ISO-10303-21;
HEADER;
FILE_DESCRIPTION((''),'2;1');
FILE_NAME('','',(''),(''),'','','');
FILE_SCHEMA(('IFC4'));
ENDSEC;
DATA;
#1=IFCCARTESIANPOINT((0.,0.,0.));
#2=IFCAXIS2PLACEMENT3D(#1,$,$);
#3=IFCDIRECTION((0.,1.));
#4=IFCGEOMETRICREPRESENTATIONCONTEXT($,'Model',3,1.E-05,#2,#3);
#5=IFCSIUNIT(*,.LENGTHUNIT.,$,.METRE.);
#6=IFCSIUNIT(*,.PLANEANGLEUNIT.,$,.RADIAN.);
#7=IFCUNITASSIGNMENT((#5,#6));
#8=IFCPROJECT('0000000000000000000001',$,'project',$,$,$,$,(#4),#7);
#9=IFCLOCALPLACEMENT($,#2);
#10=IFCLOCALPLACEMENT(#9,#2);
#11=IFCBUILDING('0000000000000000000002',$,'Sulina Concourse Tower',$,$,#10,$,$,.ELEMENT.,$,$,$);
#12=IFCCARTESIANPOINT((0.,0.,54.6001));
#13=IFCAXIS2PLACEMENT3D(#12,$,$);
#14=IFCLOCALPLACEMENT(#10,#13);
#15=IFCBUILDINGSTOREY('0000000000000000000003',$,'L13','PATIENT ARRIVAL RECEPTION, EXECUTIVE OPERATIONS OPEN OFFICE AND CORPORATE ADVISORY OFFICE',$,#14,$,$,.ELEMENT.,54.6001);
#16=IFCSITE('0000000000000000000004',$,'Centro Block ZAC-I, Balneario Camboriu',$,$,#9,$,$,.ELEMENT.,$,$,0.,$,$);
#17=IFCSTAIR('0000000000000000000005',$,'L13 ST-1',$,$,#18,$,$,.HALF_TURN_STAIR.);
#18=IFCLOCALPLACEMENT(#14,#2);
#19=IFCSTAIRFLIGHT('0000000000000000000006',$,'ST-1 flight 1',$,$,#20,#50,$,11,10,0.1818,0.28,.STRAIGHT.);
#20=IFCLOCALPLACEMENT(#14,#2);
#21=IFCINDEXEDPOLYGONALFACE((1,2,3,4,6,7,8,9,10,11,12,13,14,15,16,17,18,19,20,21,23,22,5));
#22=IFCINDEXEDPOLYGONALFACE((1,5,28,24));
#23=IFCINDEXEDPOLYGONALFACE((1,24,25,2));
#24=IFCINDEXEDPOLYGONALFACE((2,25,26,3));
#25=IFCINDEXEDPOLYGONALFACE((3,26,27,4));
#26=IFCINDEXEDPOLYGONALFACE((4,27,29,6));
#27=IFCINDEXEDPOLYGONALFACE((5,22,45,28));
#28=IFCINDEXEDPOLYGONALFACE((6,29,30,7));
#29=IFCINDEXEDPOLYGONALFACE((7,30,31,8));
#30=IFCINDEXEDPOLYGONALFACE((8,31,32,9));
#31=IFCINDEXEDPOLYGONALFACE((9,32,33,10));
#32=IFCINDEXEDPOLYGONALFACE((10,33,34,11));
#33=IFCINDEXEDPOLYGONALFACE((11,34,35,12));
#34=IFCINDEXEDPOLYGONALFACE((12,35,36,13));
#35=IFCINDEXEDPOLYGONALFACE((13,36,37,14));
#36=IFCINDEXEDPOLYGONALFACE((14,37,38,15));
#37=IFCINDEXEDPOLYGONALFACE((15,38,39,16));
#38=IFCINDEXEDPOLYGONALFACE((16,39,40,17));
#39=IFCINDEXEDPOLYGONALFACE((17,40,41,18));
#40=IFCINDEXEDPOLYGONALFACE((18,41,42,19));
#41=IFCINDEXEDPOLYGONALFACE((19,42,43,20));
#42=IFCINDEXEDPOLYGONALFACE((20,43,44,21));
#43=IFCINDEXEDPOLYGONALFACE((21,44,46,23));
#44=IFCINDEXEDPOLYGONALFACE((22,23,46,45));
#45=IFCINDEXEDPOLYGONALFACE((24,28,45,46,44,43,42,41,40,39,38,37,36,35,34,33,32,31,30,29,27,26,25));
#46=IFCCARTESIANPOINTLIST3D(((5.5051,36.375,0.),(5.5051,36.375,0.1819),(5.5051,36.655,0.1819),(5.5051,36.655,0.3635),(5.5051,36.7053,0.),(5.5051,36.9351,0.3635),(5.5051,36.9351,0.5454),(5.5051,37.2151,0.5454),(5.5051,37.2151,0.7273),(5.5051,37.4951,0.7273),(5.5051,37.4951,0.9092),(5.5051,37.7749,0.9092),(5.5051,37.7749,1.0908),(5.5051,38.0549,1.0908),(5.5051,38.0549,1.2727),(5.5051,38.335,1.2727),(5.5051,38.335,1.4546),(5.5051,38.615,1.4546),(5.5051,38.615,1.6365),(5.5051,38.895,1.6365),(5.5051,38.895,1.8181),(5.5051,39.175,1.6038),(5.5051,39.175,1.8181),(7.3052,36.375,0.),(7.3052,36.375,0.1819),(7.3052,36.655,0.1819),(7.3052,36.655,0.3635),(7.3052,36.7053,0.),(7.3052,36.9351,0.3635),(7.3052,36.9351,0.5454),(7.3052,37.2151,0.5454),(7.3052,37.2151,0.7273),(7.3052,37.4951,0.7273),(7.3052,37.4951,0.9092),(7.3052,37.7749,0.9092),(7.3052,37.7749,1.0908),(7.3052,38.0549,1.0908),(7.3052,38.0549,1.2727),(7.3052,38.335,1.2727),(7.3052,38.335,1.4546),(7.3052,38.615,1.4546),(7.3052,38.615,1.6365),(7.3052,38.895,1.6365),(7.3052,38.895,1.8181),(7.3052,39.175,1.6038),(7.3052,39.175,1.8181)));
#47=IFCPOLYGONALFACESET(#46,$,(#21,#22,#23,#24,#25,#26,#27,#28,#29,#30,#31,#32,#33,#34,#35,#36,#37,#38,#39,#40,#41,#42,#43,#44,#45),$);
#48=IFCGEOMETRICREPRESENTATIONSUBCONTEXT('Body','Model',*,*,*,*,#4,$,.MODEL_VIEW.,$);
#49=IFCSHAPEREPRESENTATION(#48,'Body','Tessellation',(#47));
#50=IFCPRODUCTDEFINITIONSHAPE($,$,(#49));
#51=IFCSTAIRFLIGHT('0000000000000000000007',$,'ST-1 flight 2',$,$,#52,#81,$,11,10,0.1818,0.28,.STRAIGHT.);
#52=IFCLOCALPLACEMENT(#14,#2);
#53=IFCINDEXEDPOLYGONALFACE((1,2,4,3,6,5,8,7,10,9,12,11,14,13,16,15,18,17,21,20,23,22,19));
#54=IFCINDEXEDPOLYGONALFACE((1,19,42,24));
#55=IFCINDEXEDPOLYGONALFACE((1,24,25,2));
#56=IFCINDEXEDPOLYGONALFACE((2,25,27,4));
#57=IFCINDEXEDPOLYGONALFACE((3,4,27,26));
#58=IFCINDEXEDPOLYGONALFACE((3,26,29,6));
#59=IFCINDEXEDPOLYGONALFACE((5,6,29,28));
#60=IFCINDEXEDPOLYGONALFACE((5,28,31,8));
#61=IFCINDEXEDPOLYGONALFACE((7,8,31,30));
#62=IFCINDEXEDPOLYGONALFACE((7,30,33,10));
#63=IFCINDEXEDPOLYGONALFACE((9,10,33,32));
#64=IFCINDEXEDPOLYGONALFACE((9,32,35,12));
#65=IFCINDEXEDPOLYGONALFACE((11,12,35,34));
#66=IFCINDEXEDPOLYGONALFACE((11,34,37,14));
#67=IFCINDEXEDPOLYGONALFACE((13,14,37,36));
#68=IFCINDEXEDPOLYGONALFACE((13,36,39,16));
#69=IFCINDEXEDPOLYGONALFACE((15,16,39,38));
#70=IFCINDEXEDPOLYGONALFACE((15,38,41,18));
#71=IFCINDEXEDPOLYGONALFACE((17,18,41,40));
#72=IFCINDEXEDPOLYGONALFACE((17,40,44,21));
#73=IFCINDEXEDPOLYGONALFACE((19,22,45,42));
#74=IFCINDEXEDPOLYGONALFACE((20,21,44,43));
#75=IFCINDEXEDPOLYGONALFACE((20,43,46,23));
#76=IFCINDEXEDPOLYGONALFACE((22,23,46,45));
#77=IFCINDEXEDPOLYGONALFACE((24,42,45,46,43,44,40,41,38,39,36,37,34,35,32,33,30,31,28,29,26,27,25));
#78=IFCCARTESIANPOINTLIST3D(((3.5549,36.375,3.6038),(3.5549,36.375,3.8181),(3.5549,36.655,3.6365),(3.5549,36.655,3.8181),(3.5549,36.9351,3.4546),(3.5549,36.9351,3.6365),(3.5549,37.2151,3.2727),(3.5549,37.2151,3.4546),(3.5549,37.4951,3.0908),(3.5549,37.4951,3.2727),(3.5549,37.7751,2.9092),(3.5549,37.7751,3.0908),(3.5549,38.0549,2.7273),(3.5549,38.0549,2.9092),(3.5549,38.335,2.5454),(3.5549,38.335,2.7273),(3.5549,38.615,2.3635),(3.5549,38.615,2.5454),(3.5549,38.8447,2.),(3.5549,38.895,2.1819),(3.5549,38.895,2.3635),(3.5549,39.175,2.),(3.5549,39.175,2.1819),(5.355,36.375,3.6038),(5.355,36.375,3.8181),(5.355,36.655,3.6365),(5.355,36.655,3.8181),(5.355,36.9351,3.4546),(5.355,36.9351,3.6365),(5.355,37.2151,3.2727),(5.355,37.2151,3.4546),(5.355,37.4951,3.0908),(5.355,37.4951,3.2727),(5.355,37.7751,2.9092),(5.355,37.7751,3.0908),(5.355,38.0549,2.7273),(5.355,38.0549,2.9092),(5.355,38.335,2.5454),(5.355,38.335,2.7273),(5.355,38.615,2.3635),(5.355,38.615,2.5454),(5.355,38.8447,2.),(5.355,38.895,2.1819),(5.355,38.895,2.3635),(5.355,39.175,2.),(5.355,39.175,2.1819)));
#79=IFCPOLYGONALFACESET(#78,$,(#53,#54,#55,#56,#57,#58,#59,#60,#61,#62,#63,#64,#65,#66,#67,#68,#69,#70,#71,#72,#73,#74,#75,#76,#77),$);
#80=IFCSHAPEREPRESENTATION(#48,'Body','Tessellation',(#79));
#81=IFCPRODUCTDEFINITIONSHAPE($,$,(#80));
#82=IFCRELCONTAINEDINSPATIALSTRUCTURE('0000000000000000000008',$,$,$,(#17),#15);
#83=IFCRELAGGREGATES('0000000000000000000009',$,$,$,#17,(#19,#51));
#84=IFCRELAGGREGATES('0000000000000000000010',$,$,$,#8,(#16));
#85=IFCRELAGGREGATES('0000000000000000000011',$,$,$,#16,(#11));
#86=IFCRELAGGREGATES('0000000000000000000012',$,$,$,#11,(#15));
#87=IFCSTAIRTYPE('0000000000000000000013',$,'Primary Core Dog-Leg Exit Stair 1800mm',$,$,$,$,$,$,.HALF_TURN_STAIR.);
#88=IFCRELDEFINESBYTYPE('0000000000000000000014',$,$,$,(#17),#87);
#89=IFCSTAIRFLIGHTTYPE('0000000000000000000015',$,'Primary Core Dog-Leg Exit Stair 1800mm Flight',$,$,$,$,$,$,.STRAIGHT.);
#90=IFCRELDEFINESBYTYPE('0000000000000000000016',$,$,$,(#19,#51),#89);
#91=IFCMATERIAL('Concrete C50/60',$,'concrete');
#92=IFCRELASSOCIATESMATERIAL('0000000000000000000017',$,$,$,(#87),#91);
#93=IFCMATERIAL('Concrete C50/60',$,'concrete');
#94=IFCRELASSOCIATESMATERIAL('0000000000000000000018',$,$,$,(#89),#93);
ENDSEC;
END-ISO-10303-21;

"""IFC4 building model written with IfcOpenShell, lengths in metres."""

from ifc_helpers import new_model, si_unit, direction, frame, origin, place, context, subcontext, project, spatial, polyline, outline, extrude, material, type_object, element, aggregate, save


model = new_model("IFC4")

# Units and contexts
model_context = context("Model", 3, precision=1e-05, world=origin(), true_north=direction((0.0, 1.0)))
body_context = subcontext(model_context, "Body", "Model", "MODEL_VIEW")
ifc_project = project(units=[si_unit("LENGTHUNIT", "METRE"), si_unit("PLANEANGLEUNIT", "RADIAN")], contexts=[model_context])

# Site, building, storey
site_placement = place(None, origin())
site = spatial("IfcSite", under=ifc_project, at=site_placement, Name="Centro Block ZAC-I, Balneario Camboriu", CompositionType="ELEMENT", RefElevation=0.0)
building_placement = place(site_placement, origin())
building = spatial("IfcBuilding", under=site, at=building_placement, Name="Sulina Concourse Tower", CompositionType="ELEMENT")
storey_placement = place(building_placement, frame((0.0, 0.0, 54.6001)))
storey = spatial("IfcBuildingStorey", under=building, at=storey_placement, Name="L13", Description="PATIENT ARRIVAL RECEPTION, EXECUTIVE OPERATIONS OPEN OFFICE AND CORPORATE ADVISORY OFFICE", CompositionType="ELEMENT", Elevation=54.6001)

# Stair, stair flights
ifc_material_1 = material(Name="Concrete C50/60", Category="concrete")
stair_type = type_object("IfcStairType", Name="Primary Core Dog-Leg Exit Stair 1800mm", PredefinedType="HALF_TURN_STAIR", material=ifc_material_1)
stair_placement = place(storey_placement, origin())
stair = element("IfcStair", 1, at=stair_placement, inside=storey, type_object=stair_type, Name="L13 ST-1", PredefinedType="HALF_TURN_STAIR")
ifc_material_2 = material(Name="Concrete C50/60", Category="concrete")
stair_flight_type = type_object("IfcStairFlightType", Name="Primary Core Dog-Leg Exit Stair 1800mm Flight", PredefinedType="STRAIGHT", material=ifc_material_2)
stair_flight_1_placement = place(storey_placement, frame((6.405, 36.375, 0.0), z_axis=(0.0, 0.0, 1.0), x_axis=(0.0, 1.0, 0.0)))
stair_flight_1 = element("IfcStairFlight", 2, at=stair_flight_1_placement, type_object=stair_flight_type, Name="ST-1 flight 1", NumberOfRisers=11, NumberOfTreads=10, PredefinedType="STRAIGHT", RiserHeight=0.1818, TreadLength=0.28, context=body_context, shape_type="SweptSolid", body=[
    extrude(outline(polyline([(0.0, 0.0), (0.0, 0.1819), (0.28, 0.1819), (0.28, 0.3635), (0.5601, 0.3635), (0.5601, 0.5454), (0.8401, 0.5454), (0.8401, 0.7273), (1.1201, 0.7273), (1.1201, 0.9092), (1.3999, 0.9092), (1.3999, 1.0908), (1.6799, 1.0908), (1.6799, 1.2727), (1.96, 1.2727), (1.96, 1.4546), (2.24, 1.4546), (2.24, 1.6365), (2.52, 1.6365), (2.52, 1.8181), (2.8, 1.8181), (2.8, 2.0), (2.8, 1.6038), (0.3303, 0.0), (0.0, 0.0)])), frame((0.0, 0.8999, 0.0), z_axis=(0.0, -1.0, 0.0), x_axis=(1.0, 0.0, 0.0)), (0.0, 0.0, 1.0), 1.8),
])
stair_flight_2_placement = place(storey_placement, frame((4.4551, 39.175, 2.0), z_axis=(0.0, 0.0, 1.0), x_axis=(0.0, -1.0, 0.0)))
stair_flight_2 = element("IfcStairFlight", 3, at=stair_flight_2_placement, type_object=stair_flight_type, Name="ST-1 flight 2", NumberOfRisers=11, NumberOfTreads=10, PredefinedType="STRAIGHT", RiserHeight=0.1818, TreadLength=0.28, context=body_context, shape_type="SweptSolid", body=[
    extrude(outline(polyline([(0.0, 0.0), (0.0, 0.1819), (0.28, 0.1819), (0.28, 0.3635), (0.5601, 0.3635), (0.5601, 0.5454), (0.8401, 0.5454), (0.8401, 0.7273), (1.1201, 0.7273), (1.1201, 0.9092), (1.3999, 0.9092), (1.3999, 1.0908), (1.6799, 1.0908), (1.6799, 1.2727), (1.96, 1.2727), (1.96, 1.4546), (2.24, 1.4546), (2.24, 1.6365), (2.52, 1.6365), (2.52, 1.8181), (2.8, 1.8181), (2.8, 2.0), (2.8, 1.6038), (0.3303, 0.0), (0.0, 0.0)])), frame((0.0, 0.8999, 0.0), z_axis=(0.0, -1.0, 0.0), x_axis=(1.0, 0.0, 0.0)), (0.0, 0.0, 1.0), 1.8),
])
aggregate(stair, [stair_flight_1, stair_flight_2])

save(model, "model.ifc")
